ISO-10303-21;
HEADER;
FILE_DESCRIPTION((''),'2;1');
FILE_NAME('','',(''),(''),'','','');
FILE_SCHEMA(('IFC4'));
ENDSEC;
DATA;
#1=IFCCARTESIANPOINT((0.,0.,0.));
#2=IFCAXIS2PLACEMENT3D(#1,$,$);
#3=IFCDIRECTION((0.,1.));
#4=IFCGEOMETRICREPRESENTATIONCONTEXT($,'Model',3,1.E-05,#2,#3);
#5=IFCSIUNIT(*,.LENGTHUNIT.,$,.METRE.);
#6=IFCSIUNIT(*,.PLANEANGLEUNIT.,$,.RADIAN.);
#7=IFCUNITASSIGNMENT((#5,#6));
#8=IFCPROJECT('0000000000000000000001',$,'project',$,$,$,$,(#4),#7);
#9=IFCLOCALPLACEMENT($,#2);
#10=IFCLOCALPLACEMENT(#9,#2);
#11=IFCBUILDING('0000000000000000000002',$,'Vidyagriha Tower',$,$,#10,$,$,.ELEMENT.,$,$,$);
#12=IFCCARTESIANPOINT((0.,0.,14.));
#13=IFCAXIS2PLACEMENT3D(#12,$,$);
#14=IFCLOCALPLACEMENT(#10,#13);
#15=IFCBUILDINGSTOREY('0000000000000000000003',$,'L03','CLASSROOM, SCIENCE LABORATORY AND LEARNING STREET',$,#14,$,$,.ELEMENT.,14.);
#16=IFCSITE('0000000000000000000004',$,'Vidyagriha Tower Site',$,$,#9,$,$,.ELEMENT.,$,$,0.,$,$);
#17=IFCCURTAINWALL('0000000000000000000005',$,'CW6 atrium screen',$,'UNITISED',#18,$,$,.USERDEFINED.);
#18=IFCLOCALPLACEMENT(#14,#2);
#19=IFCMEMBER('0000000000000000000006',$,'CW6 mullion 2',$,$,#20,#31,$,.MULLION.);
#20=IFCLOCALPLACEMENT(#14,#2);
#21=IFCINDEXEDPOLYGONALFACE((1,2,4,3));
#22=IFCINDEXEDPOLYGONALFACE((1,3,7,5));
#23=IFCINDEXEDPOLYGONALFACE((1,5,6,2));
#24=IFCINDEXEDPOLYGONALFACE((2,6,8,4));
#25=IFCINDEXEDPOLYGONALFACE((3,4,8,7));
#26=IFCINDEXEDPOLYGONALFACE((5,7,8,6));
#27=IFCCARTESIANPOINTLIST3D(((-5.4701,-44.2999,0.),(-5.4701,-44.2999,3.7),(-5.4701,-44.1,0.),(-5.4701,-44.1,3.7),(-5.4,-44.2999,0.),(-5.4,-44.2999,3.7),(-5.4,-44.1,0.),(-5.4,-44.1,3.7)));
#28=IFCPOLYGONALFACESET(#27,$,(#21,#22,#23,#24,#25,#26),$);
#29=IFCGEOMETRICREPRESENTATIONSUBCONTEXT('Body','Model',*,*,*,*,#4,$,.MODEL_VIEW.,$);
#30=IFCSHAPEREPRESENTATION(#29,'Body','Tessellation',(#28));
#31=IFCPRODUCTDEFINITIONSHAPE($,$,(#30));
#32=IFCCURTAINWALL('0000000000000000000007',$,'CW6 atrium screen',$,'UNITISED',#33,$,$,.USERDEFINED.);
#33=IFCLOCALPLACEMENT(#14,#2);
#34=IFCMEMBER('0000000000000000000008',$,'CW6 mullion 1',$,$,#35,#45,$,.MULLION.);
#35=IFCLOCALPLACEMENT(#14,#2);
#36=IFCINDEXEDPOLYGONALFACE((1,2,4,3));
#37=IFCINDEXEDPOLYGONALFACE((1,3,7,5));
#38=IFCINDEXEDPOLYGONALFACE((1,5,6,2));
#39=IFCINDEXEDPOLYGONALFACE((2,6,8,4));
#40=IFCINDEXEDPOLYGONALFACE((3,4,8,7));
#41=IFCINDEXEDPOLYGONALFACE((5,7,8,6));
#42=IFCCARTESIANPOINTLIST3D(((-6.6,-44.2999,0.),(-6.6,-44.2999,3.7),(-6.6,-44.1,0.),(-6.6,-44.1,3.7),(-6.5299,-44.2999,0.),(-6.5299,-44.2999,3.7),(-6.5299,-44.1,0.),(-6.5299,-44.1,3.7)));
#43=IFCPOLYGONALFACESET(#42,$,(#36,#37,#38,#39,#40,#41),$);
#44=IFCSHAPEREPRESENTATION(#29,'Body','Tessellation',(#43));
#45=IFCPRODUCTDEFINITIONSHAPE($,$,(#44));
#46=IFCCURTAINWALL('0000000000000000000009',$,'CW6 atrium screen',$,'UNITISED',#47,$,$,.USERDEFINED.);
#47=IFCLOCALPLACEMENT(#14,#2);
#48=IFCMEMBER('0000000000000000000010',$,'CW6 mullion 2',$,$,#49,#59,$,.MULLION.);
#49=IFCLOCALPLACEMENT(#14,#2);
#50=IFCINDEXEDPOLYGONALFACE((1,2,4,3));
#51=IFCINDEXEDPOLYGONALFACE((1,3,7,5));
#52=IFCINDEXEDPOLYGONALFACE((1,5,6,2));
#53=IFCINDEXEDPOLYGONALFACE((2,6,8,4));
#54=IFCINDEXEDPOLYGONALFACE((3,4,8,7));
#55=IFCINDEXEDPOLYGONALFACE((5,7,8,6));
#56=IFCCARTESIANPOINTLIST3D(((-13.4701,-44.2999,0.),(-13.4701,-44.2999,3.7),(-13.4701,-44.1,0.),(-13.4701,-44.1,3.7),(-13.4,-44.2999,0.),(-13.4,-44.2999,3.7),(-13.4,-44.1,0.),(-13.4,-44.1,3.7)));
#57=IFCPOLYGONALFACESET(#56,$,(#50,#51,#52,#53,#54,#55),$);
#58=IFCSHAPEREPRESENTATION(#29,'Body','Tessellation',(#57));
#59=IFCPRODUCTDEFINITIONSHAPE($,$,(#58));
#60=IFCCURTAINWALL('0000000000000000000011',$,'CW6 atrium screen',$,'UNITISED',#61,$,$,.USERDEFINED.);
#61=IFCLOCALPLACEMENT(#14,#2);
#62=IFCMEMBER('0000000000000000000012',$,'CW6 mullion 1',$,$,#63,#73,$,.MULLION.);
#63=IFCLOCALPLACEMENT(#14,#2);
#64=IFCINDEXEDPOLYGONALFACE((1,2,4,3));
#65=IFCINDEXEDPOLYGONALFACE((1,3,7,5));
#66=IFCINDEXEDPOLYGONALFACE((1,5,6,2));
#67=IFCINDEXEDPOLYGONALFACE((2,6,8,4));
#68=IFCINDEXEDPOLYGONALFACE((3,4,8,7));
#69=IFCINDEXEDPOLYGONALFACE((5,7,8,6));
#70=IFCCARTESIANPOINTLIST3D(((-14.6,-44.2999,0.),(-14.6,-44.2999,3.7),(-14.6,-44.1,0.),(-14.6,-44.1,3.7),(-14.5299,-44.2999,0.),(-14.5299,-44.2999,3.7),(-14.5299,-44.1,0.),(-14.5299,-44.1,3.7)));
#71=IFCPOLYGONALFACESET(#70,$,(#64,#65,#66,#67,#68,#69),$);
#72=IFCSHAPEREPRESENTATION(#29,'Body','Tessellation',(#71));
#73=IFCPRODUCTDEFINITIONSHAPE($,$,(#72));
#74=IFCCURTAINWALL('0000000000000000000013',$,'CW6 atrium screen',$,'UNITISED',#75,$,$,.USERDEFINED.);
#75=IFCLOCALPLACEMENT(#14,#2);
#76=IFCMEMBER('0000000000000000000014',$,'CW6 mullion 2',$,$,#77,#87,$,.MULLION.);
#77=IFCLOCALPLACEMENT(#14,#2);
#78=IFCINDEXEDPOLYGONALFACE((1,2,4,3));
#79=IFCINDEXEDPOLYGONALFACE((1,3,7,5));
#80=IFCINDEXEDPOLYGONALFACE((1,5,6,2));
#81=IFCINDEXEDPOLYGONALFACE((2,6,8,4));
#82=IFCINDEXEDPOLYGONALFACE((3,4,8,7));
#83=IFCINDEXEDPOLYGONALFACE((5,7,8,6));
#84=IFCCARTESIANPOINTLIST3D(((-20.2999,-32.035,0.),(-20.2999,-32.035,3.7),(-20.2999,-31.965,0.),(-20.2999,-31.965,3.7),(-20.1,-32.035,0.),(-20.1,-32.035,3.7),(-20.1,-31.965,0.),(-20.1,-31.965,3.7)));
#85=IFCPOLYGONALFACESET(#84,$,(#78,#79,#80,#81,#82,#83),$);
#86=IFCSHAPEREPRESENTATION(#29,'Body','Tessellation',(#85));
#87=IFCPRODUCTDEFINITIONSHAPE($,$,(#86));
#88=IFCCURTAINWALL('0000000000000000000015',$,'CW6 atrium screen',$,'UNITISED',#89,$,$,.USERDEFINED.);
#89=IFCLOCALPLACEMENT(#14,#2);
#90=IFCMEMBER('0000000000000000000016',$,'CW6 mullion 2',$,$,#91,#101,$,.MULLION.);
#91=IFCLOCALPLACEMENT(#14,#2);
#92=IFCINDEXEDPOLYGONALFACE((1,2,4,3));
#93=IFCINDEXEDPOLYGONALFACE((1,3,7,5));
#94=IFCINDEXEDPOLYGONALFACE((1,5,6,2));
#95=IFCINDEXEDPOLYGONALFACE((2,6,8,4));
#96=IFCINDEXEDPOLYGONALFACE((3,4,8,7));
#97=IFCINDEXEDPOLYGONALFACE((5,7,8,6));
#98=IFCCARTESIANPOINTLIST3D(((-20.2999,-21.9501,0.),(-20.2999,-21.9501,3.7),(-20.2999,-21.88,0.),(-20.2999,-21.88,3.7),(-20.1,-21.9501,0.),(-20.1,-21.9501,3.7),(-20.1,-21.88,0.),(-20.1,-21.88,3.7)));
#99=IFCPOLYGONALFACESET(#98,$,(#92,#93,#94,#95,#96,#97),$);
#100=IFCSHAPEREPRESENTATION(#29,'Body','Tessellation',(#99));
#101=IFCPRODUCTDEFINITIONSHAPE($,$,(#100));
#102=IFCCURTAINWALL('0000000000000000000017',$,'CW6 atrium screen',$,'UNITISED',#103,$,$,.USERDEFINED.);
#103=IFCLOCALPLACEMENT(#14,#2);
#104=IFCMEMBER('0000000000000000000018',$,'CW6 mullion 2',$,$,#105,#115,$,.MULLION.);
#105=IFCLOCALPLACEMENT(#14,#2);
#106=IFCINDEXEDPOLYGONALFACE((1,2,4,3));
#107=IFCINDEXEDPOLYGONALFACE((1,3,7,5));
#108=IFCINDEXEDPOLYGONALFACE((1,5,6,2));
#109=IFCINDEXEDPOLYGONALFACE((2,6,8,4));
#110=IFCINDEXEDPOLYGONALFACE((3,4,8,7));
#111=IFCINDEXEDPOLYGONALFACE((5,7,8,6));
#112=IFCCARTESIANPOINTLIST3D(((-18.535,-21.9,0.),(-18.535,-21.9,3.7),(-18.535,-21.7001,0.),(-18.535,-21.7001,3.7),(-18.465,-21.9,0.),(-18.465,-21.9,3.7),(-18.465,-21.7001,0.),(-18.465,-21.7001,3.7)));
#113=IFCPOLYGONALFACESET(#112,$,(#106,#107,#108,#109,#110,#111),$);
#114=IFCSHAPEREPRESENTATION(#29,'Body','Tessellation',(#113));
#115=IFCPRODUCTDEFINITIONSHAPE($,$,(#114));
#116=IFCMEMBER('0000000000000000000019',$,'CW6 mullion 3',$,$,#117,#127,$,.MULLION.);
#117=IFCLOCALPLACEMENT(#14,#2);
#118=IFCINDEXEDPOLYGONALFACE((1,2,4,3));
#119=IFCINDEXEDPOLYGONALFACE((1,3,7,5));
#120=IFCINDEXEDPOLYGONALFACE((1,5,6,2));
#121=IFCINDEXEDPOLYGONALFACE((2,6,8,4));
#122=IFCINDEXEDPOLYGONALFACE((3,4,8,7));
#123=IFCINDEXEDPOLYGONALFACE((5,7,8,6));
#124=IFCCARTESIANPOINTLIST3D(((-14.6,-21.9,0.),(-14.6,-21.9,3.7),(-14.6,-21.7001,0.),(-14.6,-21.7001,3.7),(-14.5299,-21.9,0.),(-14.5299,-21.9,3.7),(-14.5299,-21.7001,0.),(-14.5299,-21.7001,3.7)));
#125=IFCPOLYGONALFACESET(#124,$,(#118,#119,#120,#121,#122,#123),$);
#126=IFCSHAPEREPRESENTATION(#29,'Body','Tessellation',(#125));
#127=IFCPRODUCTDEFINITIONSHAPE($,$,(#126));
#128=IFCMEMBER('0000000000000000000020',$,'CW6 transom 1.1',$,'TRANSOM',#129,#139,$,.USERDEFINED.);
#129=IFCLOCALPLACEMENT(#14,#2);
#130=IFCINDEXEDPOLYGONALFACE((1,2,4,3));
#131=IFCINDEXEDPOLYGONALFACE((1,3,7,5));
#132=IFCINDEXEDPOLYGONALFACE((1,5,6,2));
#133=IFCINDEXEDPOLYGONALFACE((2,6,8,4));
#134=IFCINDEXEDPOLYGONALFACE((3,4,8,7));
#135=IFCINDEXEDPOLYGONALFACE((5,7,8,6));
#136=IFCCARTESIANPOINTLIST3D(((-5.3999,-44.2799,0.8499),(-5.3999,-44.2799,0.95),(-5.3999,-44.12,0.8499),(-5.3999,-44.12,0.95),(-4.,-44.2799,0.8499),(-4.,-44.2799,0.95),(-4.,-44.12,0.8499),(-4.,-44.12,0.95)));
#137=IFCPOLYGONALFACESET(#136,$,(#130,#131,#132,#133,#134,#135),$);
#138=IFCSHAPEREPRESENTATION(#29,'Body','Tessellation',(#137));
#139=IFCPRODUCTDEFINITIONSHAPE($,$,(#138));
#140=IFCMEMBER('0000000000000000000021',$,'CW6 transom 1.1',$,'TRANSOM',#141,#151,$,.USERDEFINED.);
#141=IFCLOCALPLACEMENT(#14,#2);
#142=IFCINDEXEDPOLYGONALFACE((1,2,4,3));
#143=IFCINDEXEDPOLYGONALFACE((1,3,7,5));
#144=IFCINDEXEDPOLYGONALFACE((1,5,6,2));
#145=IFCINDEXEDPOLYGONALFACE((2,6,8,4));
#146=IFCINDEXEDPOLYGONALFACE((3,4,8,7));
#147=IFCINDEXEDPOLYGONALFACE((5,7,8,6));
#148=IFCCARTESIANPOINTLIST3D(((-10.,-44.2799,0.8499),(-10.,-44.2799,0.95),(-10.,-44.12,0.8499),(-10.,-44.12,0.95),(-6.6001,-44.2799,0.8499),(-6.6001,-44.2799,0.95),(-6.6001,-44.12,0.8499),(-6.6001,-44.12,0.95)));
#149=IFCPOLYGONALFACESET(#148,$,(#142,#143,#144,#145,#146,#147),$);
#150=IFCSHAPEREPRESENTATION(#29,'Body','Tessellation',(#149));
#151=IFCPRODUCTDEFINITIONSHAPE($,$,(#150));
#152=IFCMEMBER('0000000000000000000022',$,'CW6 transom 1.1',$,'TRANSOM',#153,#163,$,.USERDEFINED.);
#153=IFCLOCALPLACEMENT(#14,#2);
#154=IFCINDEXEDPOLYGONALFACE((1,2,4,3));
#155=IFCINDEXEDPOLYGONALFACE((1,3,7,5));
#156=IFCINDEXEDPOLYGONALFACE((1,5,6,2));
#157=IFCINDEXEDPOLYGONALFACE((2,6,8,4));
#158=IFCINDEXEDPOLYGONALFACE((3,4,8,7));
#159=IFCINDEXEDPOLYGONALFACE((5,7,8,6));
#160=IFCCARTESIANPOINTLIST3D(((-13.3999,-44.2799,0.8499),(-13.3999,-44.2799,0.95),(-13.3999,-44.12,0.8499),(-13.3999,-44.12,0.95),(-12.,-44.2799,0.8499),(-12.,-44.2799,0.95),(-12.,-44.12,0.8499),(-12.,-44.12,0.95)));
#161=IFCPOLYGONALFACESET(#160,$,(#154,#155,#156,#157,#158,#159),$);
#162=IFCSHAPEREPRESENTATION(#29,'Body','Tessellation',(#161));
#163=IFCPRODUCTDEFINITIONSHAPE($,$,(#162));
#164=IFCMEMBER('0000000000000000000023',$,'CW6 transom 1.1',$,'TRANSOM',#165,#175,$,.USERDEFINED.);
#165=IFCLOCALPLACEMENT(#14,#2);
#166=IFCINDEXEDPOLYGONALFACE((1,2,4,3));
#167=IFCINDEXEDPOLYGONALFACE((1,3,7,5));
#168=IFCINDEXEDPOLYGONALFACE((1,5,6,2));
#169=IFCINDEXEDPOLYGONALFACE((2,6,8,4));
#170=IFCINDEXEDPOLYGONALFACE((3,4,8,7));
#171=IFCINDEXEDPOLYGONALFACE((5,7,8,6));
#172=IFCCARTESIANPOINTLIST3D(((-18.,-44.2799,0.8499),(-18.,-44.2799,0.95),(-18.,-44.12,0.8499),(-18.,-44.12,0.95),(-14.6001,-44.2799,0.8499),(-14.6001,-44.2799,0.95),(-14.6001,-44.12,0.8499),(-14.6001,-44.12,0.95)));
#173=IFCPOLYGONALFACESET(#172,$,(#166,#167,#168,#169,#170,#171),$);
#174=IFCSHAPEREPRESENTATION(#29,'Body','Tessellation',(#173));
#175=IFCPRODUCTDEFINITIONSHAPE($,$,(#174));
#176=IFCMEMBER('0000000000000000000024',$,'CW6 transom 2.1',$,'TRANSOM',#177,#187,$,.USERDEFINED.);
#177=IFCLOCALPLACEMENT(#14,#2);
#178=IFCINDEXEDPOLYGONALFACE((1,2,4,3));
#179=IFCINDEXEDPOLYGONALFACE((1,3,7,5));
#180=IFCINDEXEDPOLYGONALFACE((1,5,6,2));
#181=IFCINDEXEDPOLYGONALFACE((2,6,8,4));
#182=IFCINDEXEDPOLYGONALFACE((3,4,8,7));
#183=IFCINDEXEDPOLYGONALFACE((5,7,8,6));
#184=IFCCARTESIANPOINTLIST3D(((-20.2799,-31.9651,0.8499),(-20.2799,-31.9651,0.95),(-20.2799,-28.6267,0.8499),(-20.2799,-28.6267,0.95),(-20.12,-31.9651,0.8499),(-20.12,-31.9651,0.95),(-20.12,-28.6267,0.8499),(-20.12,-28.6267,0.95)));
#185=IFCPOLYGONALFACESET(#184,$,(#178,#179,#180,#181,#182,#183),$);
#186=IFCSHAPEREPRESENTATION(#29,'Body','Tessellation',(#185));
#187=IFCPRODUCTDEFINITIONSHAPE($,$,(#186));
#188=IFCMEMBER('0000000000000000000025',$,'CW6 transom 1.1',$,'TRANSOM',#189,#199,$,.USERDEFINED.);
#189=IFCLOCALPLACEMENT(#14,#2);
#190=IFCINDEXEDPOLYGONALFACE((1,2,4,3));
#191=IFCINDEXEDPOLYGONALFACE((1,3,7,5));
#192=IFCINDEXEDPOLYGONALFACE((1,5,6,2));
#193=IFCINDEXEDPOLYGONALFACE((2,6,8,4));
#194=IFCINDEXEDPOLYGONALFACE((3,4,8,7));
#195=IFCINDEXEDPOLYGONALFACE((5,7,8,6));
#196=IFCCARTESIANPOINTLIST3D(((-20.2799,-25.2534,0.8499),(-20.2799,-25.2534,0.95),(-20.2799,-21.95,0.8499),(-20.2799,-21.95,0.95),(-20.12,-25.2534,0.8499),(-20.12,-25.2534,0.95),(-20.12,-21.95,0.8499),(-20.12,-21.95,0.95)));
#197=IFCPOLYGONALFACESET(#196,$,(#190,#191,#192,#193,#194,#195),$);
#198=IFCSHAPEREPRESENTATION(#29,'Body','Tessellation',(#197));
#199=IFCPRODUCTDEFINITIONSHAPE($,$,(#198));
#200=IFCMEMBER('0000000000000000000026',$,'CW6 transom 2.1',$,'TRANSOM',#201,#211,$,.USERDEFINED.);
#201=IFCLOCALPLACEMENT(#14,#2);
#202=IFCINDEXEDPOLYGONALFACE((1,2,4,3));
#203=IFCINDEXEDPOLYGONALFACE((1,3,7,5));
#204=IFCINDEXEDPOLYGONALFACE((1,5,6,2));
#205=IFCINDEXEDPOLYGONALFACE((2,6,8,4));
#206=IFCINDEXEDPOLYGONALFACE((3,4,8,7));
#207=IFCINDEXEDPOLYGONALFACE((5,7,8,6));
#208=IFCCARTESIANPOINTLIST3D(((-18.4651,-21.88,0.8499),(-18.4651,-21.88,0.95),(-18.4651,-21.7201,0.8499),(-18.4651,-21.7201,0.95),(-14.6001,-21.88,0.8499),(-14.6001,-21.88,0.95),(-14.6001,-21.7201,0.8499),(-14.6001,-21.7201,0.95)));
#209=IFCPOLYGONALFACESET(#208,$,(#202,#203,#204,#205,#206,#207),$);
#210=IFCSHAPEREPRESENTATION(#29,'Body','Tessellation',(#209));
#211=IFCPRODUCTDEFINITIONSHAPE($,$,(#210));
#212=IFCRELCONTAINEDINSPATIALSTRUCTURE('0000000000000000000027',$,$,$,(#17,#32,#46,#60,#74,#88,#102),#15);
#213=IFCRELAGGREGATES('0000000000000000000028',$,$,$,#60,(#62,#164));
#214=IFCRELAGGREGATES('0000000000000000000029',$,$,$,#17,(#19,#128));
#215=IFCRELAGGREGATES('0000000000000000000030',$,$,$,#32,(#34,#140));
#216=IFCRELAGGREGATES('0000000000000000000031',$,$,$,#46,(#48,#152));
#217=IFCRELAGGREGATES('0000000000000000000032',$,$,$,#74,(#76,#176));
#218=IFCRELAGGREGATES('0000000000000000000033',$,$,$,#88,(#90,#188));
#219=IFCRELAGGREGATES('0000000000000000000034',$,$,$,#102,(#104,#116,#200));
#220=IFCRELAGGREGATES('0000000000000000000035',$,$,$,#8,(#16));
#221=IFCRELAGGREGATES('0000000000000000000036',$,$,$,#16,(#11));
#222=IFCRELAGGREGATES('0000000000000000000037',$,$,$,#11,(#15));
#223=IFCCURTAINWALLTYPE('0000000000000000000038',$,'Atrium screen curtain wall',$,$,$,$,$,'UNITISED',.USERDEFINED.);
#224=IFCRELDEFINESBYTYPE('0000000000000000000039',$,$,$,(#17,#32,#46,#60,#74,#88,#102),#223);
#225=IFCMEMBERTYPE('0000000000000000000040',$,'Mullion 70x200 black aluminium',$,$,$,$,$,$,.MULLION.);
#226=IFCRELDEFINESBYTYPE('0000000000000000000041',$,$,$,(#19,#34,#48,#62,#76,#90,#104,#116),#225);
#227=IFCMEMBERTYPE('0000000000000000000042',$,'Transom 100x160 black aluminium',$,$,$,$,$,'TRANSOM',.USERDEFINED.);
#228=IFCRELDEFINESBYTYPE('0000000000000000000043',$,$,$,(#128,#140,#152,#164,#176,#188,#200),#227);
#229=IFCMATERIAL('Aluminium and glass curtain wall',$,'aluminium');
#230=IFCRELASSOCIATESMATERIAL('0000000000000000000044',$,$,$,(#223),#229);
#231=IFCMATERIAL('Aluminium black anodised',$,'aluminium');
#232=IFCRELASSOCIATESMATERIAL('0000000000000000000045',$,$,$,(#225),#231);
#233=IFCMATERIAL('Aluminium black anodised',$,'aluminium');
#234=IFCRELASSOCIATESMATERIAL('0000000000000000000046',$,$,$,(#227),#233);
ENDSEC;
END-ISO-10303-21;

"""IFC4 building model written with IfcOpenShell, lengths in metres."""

from ifc_helpers import new_model, si_unit, direction, frame, origin, origin_2d, place, context, subcontext, project, spatial, rectangle, extrude, material, material_profile, profile_set, type_object, element, aggregate, save


model = new_model("IFC4")

# Units and contexts
model_context = context("Model", 3, precision=1e-05, world=origin(), true_north=direction((0.0, 1.0)))
body_context = subcontext(model_context, "Body", "Model", "MODEL_VIEW")
ifc_project = project(units=[si_unit("LENGTHUNIT", "METRE"), si_unit("PLANEANGLEUNIT", "RADIAN")], contexts=[model_context])

# Site, building, storey
site_placement = place(None, origin())
site = spatial("IfcSite", under=ifc_project, at=site_placement, Name="Vidyagriha Tower Site", CompositionType="ELEMENT", RefElevation=0.0)
building_placement = place(site_placement, origin())
building = spatial("IfcBuilding", under=site, at=building_placement, Name="Vidyagriha Tower", CompositionType="ELEMENT")
storey_placement = place(building_placement, frame((0.0, 0.0, 14.0)))
storey = spatial("IfcBuildingStorey", under=building, at=storey_placement, Name="L03", Description="CLASSROOM, SCIENCE LABORATORY AND LEARNING STREET", CompositionType="ELEMENT", Elevation=14.0)

# Curtain walls, members
ifc_material_1 = material(Name="Aluminium and glass curtain wall", Category="aluminium")
curtain_wall_type = type_object("IfcCurtainWallType", Name="Atrium screen curtain wall", ElementType="UNITISED", PredefinedType="USERDEFINED", material=ifc_material_1)
curtain_wall_1_placement = place(storey_placement, origin())
curtain_wall_1 = element("IfcCurtainWall", 1, at=curtain_wall_1_placement, inside=storey, type_object=curtain_wall_type, Name="CW6 atrium screen", ObjectType="UNITISED", PredefinedType="USERDEFINED")
ifc_material_2 = material(Name="Aluminium black anodised", Category="aluminium")
ifc_material_profile_1 = material_profile(ifc_material_2, rectangle(XDim=0.2, YDim=0.0701, at=origin_2d()), Name="Mullion 70x200 black aluminium")
ifc_profile_set_1 = profile_set([ifc_material_profile_1], Name="Aluminium black anodised")
member_type_1 = type_object("IfcMemberType", Name="Mullion 70x200 black aluminium", PredefinedType="MULLION", material=ifc_profile_set_1)
member_1_placement = place(storey_placement, frame((-5.4351, -44.2, 0.0), z_axis=(0.0, 0.0, 1.0), x_axis=(0.0, -1.0, 0.0)))
member_1 = element("IfcMember", 2, at=member_1_placement, type_object=member_type_1, Name="CW6 mullion 2", PredefinedType="MULLION", context=body_context, shape_type="SweptSolid", body=[
    extrude(rectangle(XDim=0.2, YDim=0.0701, at=origin_2d()), origin(), (0.0, 0.0, 1.0), 3.7),
])
curtain_wall_2_placement = place(storey_placement, origin())
curtain_wall_2 = element("IfcCurtainWall", 3, at=curtain_wall_2_placement, inside=storey, type_object=curtain_wall_type, Name="CW6 atrium screen", ObjectType="UNITISED", PredefinedType="USERDEFINED")
member_2_placement = place(storey_placement, frame((-6.5649, -44.2, 0.0), z_axis=(0.0, 0.0, 1.0), x_axis=(0.0, -1.0, 0.0)))
member_2 = element("IfcMember", 4, at=member_2_placement, type_object=member_type_1, Name="CW6 mullion 1", PredefinedType="MULLION", context=body_context, shape_type="SweptSolid", body=[
    extrude(rectangle(XDim=0.2, YDim=0.0701, at=origin_2d()), origin(), (0.0, 0.0, 1.0), 3.7),
])
curtain_wall_3_placement = place(storey_placement, origin())
curtain_wall_3 = element("IfcCurtainWall", 5, at=curtain_wall_3_placement, inside=storey, type_object=curtain_wall_type, Name="CW6 atrium screen", ObjectType="UNITISED", PredefinedType="USERDEFINED")
member_3_placement = place(storey_placement, frame((-13.4351, -44.2, 0.0), z_axis=(0.0, 0.0, 1.0), x_axis=(0.0, -1.0, 0.0)))
member_3 = element("IfcMember", 6, at=member_3_placement, type_object=member_type_1, Name="CW6 mullion 2", PredefinedType="MULLION", context=body_context, shape_type="SweptSolid", body=[
    extrude(rectangle(XDim=0.2, YDim=0.0701, at=origin_2d()), origin(), (0.0, 0.0, 1.0), 3.7),
])
curtain_wall_4_placement = place(storey_placement, origin())
curtain_wall_4 = element("IfcCurtainWall", 7, at=curtain_wall_4_placement, inside=storey, type_object=curtain_wall_type, Name="CW6 atrium screen", ObjectType="UNITISED", PredefinedType="USERDEFINED")
member_4_placement = place(storey_placement, frame((-14.5649, -44.2, 0.0), z_axis=(0.0, 0.0, 1.0), x_axis=(0.0, -1.0, 0.0)))
member_4 = element("IfcMember", 8, at=member_4_placement, type_object=member_type_1, Name="CW6 mullion 1", PredefinedType="MULLION", context=body_context, shape_type="SweptSolid", body=[
    extrude(rectangle(XDim=0.2, YDim=0.0701, at=origin_2d()), origin(), (0.0, 0.0, 1.0), 3.7),
])
curtain_wall_5_placement = place(storey_placement, origin())
curtain_wall_5 = element("IfcCurtainWall", 9, at=curtain_wall_5_placement, inside=storey, type_object=curtain_wall_type, Name="CW6 atrium screen", ObjectType="UNITISED", PredefinedType="USERDEFINED")
member_5_placement = place(storey_placement, frame((-20.2, -32.0, 0.0), z_axis=(0.0, 0.0, 1.0), x_axis=(-1.0, 0.0, 0.0)))
member_5 = element("IfcMember", 10, at=member_5_placement, type_object=member_type_1, Name="CW6 mullion 2", PredefinedType="MULLION", context=body_context, shape_type="SweptSolid", body=[
    extrude(rectangle(XDim=0.2, YDim=0.0701, at=origin_2d()), origin(), (0.0, 0.0, 1.0), 3.7),
])
curtain_wall_6_placement = place(storey_placement, origin())
curtain_wall_6 = element("IfcCurtainWall", 11, at=curtain_wall_6_placement, inside=storey, type_object=curtain_wall_type, Name="CW6 atrium screen", ObjectType="UNITISED", PredefinedType="USERDEFINED")
member_6_placement = place(storey_placement, frame((-20.2, -21.915, 0.0), z_axis=(0.0, 0.0, 1.0), x_axis=(-1.0, 0.0, 0.0)))
member_6 = element("IfcMember", 12, at=member_6_placement, type_object=member_type_1, Name="CW6 mullion 2", PredefinedType="MULLION", context=body_context, shape_type="SweptSolid", body=[
    extrude(rectangle(XDim=0.2, YDim=0.0701, at=origin_2d()), origin(), (0.0, 0.0, 1.0), 3.7),
])

# Curtain wall, members
curtain_wall_7_placement = place(storey_placement, origin())
curtain_wall_7 = element("IfcCurtainWall", 13, at=curtain_wall_7_placement, inside=storey, type_object=curtain_wall_type, Name="CW6 atrium screen", ObjectType="UNITISED", PredefinedType="USERDEFINED")
member_7_placement = place(storey_placement, frame((-18.5, -21.8, 0.0), z_axis=(0.0, 0.0, 1.0), x_axis=(0.0, 1.0, 0.0)))
member_7 = element("IfcMember", 14, at=member_7_placement, type_object=member_type_1, Name="CW6 mullion 2", PredefinedType="MULLION", context=body_context, shape_type="SweptSolid", body=[
    extrude(rectangle(XDim=0.2, YDim=0.0701, at=origin_2d()), origin(), (0.0, 0.0, 1.0), 3.7),
])
member_8_placement = place(storey_placement, frame((-14.5649, -21.8, 0.0), z_axis=(0.0, 0.0, 1.0), x_axis=(0.0, 1.0, 0.0)))
member_8 = element("IfcMember", 15, at=member_8_placement, type_object=member_type_1, Name="CW6 mullion 3", PredefinedType="MULLION", context=body_context, shape_type="SweptSolid", body=[
    extrude(rectangle(XDim=0.2, YDim=0.0701, at=origin_2d()), origin(), (0.0, 0.0, 1.0), 3.7),
])

# Members
ifc_material_3 = material(Name="Aluminium black anodised", Category="aluminium")
ifc_material_profile_2 = material_profile(ifc_material_3, rectangle(XDim=0.1599, YDim=0.1001, at=origin_2d()), Name="Transom 100x160 black aluminium")
ifc_profile_set_2 = profile_set([ifc_material_profile_2], Name="Aluminium black anodised")
member_type_2 = type_object("IfcMemberType", Name="Transom 100x160 black aluminium", ElementType="TRANSOM", PredefinedType="USERDEFINED", material=ifc_profile_set_2)
member_9_placement = place(storey_placement, frame((-4.0, -44.2, 0.8999), z_axis=(-1.0, 0.0, 0.0), x_axis=(0.0, -1.0, 0.0)))
member_9 = element("IfcMember", 16, at=member_9_placement, type_object=member_type_2, Name="CW6 transom 1.1", ObjectType="TRANSOM", PredefinedType="USERDEFINED", context=body_context, shape_type="SweptSolid", body=[
    extrude(rectangle(XDim=0.1599, YDim=0.1001, at=origin_2d()), origin(), (0.0, 0.0, 1.0), 1.3999),
])
member_10_placement = place(storey_placement, frame((-6.6001, -44.2, 0.8999), z_axis=(-1.0, 0.0, 0.0), x_axis=(0.0, -1.0, 0.0)))
member_10 = element("IfcMember", 17, at=member_10_placement, type_object=member_type_2, Name="CW6 transom 1.1", ObjectType="TRANSOM", PredefinedType="USERDEFINED", context=body_context, shape_type="SweptSolid", body=[
    extrude(rectangle(XDim=0.1599, YDim=0.1001, at=origin_2d()), origin(), (0.0, 0.0, 1.0), 3.3999),
])
member_11_placement = place(storey_placement, frame((-12.0, -44.2, 0.8999), z_axis=(-1.0, 0.0, 0.0), x_axis=(0.0, -1.0, 0.0)))
member_11 = element("IfcMember", 18, at=member_11_placement, type_object=member_type_2, Name="CW6 transom 1.1", ObjectType="TRANSOM", PredefinedType="USERDEFINED", context=body_context, shape_type="SweptSolid", body=[
    extrude(rectangle(XDim=0.1599, YDim=0.1001, at=origin_2d()), origin(), (0.0, 0.0, 1.0), 1.3999),
])
member_12_placement = place(storey_placement, frame((-14.6001, -44.2, 0.8999), z_axis=(-1.0, 0.0, 0.0), x_axis=(0.0, -1.0, 0.0)))
member_12 = element("IfcMember", 19, at=member_12_placement, type_object=member_type_2, Name="CW6 transom 1.1", ObjectType="TRANSOM", PredefinedType="USERDEFINED", context=body_context, shape_type="SweptSolid", body=[
    extrude(rectangle(XDim=0.1599, YDim=0.1001, at=origin_2d()), origin(), (0.0, 0.0, 1.0), 3.3999),
])
aggregate(curtain_wall_4, [member_4, member_12])
member_13_placement = place(storey_placement, frame((-20.2, -31.9651, 0.8999), z_axis=(0.0, 1.0, 0.0), x_axis=(-1.0, 0.0, 0.0)))
member_13 = element("IfcMember", 20, at=member_13_placement, type_object=member_type_2, Name="CW6 transom 2.1", ObjectType="TRANSOM", PredefinedType="USERDEFINED", context=body_context, shape_type="SweptSolid", body=[
    extrude(rectangle(XDim=0.1599, YDim=0.1001, at=origin_2d()), origin(), (0.0, 0.0, 1.0), 3.3384),
])
member_14_placement = place(storey_placement, frame((-20.2, -25.2534, 0.8999), z_axis=(0.0, 1.0, 0.0), x_axis=(-1.0, 0.0, 0.0)))
member_14 = element("IfcMember", 21, at=member_14_placement, type_object=member_type_2, Name="CW6 transom 1.1", ObjectType="TRANSOM", PredefinedType="USERDEFINED", context=body_context, shape_type="SweptSolid", body=[
    extrude(rectangle(XDim=0.1599, YDim=0.1001, at=origin_2d()), origin(), (0.0, 0.0, 1.0), 3.3035),
])
member_15_placement = place(storey_placement, frame((-18.4651, -21.8, 0.8999), z_axis=(1.0, 0.0, 0.0), x_axis=(0.0, 1.0, 0.0)))
member_15 = element("IfcMember", 22, at=member_15_placement, type_object=member_type_2, Name="CW6 transom 2.1", ObjectType="TRANSOM", PredefinedType="USERDEFINED", context=body_context, shape_type="SweptSolid", body=[
    extrude(rectangle(XDim=0.1599, YDim=0.1001, at=origin_2d()), origin(), (0.0, 0.0, 1.0), 3.865),
])

aggregate(curtain_wall_1, [member_1, member_9])
aggregate(curtain_wall_2, [member_2, member_10])
aggregate(curtain_wall_3, [member_3, member_11])
aggregate(curtain_wall_5, [member_5, member_13])
aggregate(curtain_wall_6, [member_6, member_14])
aggregate(curtain_wall_7, [member_7, member_8, member_15])

save(model, "model.ifc")
